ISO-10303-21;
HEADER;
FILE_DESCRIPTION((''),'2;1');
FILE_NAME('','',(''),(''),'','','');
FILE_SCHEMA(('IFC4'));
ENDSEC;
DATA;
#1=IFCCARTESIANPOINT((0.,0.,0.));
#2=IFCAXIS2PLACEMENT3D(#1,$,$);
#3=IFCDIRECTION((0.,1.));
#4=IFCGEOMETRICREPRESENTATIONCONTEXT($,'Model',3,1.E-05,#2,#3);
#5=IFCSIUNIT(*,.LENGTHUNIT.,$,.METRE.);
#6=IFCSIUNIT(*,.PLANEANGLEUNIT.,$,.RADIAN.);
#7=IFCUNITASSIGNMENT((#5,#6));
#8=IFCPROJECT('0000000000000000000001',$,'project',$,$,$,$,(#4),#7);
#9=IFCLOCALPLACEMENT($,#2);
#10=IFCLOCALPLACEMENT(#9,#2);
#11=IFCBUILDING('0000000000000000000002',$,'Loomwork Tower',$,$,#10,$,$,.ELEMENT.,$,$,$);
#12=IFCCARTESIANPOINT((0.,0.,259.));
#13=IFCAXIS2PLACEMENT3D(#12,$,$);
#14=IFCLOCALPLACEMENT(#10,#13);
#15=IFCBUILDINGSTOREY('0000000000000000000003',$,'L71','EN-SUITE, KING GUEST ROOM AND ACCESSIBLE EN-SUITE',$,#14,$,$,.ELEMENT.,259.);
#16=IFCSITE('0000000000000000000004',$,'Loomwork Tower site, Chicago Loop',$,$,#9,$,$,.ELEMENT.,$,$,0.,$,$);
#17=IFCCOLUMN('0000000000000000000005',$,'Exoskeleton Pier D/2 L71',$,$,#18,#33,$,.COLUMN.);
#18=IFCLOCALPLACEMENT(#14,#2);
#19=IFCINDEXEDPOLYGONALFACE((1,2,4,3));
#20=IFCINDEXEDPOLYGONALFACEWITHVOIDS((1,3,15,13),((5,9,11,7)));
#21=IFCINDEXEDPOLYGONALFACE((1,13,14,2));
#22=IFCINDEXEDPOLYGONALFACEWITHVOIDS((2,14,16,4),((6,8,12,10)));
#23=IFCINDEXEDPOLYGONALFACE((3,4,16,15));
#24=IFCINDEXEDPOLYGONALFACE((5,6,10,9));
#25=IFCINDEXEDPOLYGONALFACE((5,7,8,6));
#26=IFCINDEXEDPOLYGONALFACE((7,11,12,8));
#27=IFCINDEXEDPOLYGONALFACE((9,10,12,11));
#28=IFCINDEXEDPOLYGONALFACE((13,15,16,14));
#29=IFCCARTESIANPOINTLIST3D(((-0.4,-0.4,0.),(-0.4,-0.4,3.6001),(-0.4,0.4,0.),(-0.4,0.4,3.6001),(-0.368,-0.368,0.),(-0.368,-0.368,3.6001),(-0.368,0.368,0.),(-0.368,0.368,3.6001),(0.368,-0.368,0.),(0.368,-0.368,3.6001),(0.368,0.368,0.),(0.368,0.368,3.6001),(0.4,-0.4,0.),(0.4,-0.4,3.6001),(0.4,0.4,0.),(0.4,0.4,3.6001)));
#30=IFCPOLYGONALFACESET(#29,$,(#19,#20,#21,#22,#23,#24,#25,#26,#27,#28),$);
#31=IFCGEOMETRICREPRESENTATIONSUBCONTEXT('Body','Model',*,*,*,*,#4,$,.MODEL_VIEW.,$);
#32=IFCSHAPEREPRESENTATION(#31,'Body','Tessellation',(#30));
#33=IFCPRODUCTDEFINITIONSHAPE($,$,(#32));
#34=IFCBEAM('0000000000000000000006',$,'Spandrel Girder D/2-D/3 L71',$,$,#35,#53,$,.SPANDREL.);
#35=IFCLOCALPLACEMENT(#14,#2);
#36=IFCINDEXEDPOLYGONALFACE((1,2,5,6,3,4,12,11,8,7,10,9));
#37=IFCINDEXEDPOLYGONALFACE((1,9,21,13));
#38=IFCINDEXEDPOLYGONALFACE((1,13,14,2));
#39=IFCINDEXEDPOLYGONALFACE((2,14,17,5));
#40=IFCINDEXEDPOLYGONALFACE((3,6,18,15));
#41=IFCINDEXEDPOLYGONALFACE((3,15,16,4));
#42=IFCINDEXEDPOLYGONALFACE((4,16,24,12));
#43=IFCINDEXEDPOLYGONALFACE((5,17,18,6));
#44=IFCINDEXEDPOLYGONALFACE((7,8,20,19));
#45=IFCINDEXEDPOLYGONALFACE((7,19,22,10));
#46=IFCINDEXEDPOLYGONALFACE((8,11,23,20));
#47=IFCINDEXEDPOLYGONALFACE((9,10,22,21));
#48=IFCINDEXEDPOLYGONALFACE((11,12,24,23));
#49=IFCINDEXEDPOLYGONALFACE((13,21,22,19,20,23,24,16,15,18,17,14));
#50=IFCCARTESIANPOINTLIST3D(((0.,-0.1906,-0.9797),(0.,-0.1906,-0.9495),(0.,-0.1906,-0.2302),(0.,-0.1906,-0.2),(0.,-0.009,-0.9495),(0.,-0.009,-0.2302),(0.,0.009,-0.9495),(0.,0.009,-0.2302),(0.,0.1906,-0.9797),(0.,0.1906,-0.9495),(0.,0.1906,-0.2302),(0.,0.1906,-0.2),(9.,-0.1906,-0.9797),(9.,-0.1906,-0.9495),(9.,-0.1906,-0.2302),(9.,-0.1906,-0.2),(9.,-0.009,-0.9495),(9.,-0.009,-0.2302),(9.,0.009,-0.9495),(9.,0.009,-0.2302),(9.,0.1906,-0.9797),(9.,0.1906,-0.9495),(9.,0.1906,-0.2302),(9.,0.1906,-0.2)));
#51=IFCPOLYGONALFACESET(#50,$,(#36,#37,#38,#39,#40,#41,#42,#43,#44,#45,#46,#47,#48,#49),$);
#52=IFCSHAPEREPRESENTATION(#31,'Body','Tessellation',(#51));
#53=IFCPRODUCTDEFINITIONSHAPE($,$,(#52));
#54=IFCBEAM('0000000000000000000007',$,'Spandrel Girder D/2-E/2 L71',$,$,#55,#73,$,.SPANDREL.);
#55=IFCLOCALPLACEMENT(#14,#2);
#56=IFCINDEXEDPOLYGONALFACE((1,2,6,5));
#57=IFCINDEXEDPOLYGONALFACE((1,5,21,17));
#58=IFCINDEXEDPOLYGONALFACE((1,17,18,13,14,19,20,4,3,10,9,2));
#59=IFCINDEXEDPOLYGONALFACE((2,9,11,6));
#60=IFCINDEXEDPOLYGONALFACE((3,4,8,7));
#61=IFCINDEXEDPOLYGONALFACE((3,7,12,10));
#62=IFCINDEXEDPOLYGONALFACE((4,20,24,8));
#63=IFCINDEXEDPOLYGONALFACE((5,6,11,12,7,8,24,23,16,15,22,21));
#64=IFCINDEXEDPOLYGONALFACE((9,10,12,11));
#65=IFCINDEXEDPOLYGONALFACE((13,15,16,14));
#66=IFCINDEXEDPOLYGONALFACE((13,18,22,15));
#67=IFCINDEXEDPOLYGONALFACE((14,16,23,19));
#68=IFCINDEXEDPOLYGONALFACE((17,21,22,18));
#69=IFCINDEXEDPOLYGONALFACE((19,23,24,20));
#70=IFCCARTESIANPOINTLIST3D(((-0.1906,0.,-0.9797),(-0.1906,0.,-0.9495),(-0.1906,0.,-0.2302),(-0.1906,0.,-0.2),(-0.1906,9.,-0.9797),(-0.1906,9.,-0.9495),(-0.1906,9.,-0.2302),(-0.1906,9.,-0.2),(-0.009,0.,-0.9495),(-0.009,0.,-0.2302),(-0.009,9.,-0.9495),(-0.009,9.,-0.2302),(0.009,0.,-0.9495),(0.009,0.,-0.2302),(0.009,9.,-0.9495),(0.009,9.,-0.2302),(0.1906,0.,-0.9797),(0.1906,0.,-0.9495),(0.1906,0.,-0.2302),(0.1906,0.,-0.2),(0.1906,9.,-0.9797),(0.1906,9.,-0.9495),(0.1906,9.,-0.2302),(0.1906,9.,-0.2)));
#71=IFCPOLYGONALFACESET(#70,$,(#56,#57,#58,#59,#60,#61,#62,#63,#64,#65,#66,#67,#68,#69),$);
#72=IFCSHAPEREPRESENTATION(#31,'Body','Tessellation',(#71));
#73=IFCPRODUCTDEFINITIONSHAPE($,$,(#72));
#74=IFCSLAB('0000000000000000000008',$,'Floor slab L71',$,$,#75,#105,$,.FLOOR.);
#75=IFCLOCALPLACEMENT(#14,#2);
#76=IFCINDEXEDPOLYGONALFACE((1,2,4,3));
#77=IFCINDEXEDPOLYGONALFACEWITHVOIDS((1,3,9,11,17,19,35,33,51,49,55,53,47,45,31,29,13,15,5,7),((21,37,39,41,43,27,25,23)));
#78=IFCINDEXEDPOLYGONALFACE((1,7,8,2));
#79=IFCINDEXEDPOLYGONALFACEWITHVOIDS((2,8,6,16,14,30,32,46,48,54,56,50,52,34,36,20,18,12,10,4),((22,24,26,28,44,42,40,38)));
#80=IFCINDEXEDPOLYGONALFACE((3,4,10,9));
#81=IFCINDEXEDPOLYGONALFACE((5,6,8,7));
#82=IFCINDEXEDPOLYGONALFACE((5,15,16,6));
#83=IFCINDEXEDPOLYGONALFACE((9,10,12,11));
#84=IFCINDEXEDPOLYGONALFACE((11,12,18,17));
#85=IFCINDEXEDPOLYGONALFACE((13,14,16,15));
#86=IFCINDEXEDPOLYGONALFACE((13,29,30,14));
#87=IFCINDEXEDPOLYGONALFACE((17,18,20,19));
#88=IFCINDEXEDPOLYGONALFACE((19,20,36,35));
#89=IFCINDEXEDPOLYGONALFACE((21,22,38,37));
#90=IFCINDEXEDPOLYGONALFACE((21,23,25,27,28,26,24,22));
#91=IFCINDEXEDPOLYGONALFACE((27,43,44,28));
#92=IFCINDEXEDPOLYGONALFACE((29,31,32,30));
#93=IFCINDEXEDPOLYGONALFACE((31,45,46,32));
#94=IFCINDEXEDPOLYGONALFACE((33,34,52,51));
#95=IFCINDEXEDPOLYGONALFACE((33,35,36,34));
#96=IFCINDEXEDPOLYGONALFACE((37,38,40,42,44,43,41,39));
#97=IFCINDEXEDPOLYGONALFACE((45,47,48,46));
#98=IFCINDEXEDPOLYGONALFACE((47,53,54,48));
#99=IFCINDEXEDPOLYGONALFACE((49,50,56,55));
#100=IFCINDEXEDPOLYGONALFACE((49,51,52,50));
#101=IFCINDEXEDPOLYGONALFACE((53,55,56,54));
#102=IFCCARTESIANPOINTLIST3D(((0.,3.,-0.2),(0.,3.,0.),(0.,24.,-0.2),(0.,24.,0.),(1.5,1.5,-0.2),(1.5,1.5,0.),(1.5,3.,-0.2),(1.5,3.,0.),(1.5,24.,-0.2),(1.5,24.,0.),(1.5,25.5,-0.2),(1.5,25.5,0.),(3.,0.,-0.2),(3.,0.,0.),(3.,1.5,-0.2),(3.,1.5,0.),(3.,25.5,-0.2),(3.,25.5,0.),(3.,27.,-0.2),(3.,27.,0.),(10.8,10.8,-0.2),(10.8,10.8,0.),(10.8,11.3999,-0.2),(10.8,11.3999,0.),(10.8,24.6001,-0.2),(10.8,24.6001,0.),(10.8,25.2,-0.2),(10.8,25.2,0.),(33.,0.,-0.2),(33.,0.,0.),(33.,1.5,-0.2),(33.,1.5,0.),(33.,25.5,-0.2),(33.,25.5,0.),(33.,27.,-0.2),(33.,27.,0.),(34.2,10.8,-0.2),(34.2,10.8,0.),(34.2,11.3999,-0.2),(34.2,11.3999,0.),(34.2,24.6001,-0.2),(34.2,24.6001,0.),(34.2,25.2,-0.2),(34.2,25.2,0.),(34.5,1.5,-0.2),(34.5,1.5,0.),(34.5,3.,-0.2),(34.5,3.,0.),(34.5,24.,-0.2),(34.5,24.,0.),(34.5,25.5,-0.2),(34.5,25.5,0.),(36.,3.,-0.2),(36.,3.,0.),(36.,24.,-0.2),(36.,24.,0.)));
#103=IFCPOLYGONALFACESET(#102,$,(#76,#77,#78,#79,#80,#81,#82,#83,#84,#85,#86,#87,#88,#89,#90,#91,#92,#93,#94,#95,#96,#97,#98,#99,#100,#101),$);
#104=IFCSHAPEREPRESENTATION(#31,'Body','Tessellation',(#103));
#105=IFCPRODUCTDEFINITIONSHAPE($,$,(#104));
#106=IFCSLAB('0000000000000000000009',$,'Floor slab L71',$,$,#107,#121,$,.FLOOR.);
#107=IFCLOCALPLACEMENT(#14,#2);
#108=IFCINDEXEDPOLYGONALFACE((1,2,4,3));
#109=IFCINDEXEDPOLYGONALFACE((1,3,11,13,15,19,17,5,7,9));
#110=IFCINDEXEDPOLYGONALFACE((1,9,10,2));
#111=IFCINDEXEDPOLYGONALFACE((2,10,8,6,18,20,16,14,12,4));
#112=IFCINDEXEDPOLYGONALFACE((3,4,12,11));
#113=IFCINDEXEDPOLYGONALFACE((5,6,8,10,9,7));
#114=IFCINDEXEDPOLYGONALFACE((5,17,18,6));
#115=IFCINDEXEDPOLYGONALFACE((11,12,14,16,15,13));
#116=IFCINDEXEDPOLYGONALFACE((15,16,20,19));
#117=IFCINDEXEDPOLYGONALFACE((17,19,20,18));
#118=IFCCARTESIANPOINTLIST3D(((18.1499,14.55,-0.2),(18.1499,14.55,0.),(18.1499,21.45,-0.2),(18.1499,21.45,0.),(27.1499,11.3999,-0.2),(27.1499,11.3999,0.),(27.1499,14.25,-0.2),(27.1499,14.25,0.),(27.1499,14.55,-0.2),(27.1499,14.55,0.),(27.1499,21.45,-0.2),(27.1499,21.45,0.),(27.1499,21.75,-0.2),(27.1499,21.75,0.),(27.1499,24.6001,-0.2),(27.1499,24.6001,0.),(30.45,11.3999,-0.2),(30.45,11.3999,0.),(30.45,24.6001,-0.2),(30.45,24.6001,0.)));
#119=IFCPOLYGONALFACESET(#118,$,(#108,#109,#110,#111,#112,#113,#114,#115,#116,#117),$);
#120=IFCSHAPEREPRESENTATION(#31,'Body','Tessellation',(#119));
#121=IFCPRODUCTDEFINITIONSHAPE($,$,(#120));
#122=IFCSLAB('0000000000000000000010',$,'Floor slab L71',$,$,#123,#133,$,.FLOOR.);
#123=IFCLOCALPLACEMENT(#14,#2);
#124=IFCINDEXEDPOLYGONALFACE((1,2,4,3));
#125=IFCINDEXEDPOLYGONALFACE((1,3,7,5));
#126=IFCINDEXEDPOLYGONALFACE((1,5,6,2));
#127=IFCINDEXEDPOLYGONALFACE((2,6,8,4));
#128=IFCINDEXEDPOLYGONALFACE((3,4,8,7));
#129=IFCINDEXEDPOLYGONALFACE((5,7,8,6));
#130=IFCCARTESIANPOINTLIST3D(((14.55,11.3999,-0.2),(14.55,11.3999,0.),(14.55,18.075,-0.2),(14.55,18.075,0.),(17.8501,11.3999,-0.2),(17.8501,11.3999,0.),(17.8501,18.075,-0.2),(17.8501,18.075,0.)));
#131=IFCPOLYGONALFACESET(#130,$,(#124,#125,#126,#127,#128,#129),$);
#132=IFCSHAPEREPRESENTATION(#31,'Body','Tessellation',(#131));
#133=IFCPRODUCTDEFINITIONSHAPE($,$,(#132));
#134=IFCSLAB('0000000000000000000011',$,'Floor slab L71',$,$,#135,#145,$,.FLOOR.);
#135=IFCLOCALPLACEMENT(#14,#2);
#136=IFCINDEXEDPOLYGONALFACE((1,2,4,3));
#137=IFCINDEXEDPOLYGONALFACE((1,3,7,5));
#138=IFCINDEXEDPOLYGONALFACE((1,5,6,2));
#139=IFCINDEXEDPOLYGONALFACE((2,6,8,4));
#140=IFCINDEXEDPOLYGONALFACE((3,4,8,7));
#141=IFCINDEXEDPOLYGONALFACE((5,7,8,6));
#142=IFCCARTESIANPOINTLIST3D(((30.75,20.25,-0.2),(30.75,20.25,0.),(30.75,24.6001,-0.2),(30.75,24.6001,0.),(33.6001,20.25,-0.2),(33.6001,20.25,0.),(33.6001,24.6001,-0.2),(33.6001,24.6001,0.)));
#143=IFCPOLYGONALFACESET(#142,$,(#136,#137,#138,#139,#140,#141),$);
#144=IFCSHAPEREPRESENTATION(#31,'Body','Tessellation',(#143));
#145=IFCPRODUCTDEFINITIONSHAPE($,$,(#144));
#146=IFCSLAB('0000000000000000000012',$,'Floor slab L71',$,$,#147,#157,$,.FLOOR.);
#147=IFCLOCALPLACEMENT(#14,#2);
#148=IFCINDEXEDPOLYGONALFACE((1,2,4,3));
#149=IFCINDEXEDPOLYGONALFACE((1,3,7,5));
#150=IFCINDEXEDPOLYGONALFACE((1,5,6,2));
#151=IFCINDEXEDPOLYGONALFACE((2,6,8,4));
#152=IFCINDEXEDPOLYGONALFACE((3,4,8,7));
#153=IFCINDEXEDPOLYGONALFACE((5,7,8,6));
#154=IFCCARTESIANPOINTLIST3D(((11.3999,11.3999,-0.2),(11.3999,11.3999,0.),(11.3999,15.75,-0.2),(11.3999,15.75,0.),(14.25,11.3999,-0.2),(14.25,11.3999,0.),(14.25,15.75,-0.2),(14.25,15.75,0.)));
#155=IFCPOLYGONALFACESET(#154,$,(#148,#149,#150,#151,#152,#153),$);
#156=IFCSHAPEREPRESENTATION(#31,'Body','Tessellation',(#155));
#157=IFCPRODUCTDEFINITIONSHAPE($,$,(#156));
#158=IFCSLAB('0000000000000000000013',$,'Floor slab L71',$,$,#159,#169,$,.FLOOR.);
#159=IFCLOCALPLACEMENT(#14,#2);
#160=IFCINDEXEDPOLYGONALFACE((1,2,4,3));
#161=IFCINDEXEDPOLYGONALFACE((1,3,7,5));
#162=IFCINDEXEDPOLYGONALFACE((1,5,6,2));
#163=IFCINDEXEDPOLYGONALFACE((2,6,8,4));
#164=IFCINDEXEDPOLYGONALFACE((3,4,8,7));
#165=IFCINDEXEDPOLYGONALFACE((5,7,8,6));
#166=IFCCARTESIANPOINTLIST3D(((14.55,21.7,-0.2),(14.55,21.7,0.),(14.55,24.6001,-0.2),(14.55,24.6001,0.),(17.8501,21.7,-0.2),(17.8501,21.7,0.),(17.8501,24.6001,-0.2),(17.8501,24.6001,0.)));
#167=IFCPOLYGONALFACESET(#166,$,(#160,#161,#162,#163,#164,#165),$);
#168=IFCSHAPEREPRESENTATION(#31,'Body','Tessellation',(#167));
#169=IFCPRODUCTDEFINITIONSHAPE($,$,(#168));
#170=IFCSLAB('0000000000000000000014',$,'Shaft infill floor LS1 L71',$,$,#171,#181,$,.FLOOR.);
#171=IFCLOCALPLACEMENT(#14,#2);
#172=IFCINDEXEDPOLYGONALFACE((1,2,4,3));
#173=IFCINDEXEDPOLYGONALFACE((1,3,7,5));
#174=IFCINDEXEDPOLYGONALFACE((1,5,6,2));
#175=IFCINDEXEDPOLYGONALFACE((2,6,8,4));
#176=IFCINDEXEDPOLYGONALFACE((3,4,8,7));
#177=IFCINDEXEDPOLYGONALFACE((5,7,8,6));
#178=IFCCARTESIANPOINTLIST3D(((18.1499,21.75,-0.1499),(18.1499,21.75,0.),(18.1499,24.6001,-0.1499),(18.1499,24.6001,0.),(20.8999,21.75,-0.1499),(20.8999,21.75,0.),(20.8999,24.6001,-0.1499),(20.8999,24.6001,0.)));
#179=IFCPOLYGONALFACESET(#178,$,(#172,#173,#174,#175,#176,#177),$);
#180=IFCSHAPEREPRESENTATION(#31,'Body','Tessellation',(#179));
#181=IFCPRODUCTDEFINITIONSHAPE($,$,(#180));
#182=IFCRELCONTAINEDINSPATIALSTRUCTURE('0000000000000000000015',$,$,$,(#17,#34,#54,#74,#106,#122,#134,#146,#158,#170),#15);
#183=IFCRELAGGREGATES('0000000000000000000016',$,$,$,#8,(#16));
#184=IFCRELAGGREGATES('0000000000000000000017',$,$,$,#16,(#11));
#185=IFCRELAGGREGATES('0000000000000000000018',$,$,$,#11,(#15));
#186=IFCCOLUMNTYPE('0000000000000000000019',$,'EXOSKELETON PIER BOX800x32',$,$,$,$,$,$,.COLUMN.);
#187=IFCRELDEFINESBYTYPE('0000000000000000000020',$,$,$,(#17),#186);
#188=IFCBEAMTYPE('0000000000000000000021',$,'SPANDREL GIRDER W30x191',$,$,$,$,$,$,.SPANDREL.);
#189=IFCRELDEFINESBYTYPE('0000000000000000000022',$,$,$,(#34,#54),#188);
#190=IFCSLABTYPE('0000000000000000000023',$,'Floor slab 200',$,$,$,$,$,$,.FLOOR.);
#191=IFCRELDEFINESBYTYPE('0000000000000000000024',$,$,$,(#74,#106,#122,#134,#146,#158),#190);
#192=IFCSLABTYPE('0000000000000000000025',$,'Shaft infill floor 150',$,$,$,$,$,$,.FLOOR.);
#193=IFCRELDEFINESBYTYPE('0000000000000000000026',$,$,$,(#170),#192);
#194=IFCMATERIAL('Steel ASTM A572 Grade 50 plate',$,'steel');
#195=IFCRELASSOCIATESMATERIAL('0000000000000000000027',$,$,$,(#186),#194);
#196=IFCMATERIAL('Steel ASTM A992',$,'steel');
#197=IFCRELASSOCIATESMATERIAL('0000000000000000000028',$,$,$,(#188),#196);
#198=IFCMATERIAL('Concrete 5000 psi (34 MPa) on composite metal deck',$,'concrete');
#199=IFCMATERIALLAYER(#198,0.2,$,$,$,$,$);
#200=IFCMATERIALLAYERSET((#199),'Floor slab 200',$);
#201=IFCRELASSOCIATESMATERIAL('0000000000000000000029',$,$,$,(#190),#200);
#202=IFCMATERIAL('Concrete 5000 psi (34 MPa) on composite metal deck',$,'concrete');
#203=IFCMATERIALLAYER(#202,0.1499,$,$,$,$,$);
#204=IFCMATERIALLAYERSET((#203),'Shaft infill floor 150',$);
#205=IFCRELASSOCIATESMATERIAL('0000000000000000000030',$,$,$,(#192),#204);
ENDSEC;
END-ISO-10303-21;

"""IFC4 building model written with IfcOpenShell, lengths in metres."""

from ifc_helpers import new_model, si_unit, direction, frame, origin, origin_with_axes, origin_2d, place, context, subcontext, project, spatial, polyline, hollow_rectangle, i_section, outline, extrude, material, layer, layer_set, material_profile, profile_set, type_object, element, save


model = new_model("IFC4")

# Units and contexts
model_context = context("Model", 3, precision=1e-05, world=origin(), true_north=direction((0.0, 1.0)))
body_context = subcontext(model_context, "Body", "Model", "MODEL_VIEW")
ifc_project = project(units=[si_unit("LENGTHUNIT", "METRE"), si_unit("PLANEANGLEUNIT", "RADIAN")], contexts=[model_context])

# Site, building, storey
site_placement = place(None, origin())
site = spatial("IfcSite", under=ifc_project, at=site_placement, Name="Loomwork Tower site, Chicago Loop", CompositionType="ELEMENT", RefElevation=0.0)
building_placement = place(site_placement, origin())
building = spatial("IfcBuilding", under=site, at=building_placement, Name="Loomwork Tower", CompositionType="ELEMENT")
storey_placement = place(building_placement, frame((0.0, 0.0, 259.0)))
storey = spatial("IfcBuildingStorey", under=building, at=storey_placement, Name="L71", Description="EN-SUITE, KING GUEST ROOM AND ACCESSIBLE EN-SUITE", CompositionType="ELEMENT", Elevation=259.0)

# Column
ifc_material_1 = material(Name="Steel ASTM A572 Grade 50 plate", Category="steel")
ifc_material_profile_1 = material_profile(ifc_material_1, hollow_rectangle(XDim=0.8, YDim=0.8, WallThickness=0.032, at=origin_2d()), Name="BOX800x32")
ifc_profile_set_1 = profile_set([ifc_material_profile_1], Name="Steel ASTM A572 Grade 50 plate")
column_type = type_object("IfcColumnType", Name="EXOSKELETON PIER BOX800x32", PredefinedType="COLUMN", material=ifc_profile_set_1)
column_placement = place(storey_placement, origin_with_axes())
element("IfcColumn", 1, at=column_placement, inside=storey, type_object=column_type, Name="Exoskeleton Pier D/2 L71", PredefinedType="COLUMN", context=body_context, shape_type="SweptSolid", body=[
    extrude(hollow_rectangle(XDim=0.8, YDim=0.8, WallThickness=0.032, at=origin_2d()), origin(), (0.0, 0.0, 1.0), 3.6001),
])

# Beams
ifc_material_2 = material(Name="Steel ASTM A992", Category="steel")
ifc_material_profile_2 = material_profile(ifc_material_2, i_section(OverallWidth=0.3811, OverallDepth=0.7798, WebThickness=0.0181, FlangeThickness=0.0303, at=origin_2d()), Name="W30x191")
ifc_profile_set_2 = profile_set([ifc_material_profile_2], Name="Steel ASTM A992")
beam_type = type_object("IfcBeamType", Name="SPANDREL GIRDER W30x191", PredefinedType="SPANDREL", material=ifc_profile_set_2)
for number, where, z_axis, x_axis, name in (
    (2, (0.0, 0.0, -0.5898), (1.0, 0.0, 0.0), (0.0, 1.0, 0.0), "Spandrel Girder D/2-D/3 L71"),
    (3, (0.0, 0.0, -0.5898), (0.0, 1.0, 0.0), (-1.0, 0.0, 0.0), "Spandrel Girder D/2-E/2 L71"),
):
    element("IfcBeam", number, at=place(storey_placement, frame(where, z_axis=z_axis, x_axis=x_axis)), inside=storey, type_object=beam_type, Name=name, PredefinedType="SPANDREL", context=body_context, shape_type="SweptSolid", body=[
        extrude(i_section(OverallWidth=0.3811, OverallDepth=0.7798, WebThickness=0.0181, FlangeThickness=0.0303, at=origin_2d()), origin(), (0.0, 0.0, 1.0), 9.0),
    ])

# Slabs
ifc_material_3 = material(Name="Concrete 5000 psi (34 MPa) on composite metal deck", Category="concrete")
ifc_layer_1 = layer(ifc_material_3, 0.2)
ifc_layer_set_1 = layer_set([ifc_layer_1], Name="Floor slab 200")
slab_type_1 = type_object("IfcSlabType", Name="Floor slab 200", PredefinedType="FLOOR", material=ifc_layer_set_1)
slab_1_placement = place(storey_placement, frame((0.0, 0.0, -0.2)))
element("IfcSlab", 4, at=slab_1_placement, inside=storey, type_object=slab_type_1, Name="Floor slab L71", PredefinedType="FLOOR", context=body_context, shape_type="SweptSolid", body=[
    extrude(outline(polyline([(3.0, 1.5), (1.5, 1.5), (1.5, 3.0), (0.0, 3.0), (0.0, 24.0), (1.5, 24.0), (1.5, 25.5), (3.0, 25.5), (3.0, 27.0), (33.0, 27.0), (33.0, 25.5), (34.5, 25.5), (34.5, 24.0), (36.0, 24.0), (36.0, 3.0), (34.5, 3.0), (34.5, 1.5), (33.0, 1.5), (33.0, 0.0), (3.0, 0.0), (3.0, 1.5)]), holes=[polyline([(10.8, 11.3999), (10.8, 11.3999), (10.8, 10.8), (34.2, 10.8), (34.2, 11.3999), (34.2, 11.3999), (34.2, 24.6001), (34.2, 25.2), (10.8, 25.2), (10.8, 24.6001), (10.8, 11.3999)])]), origin(), (0.0, 0.0, 1.0), 0.2),
])
slab_2_placement = place(storey_placement, frame((0.0, 0.0, -0.2)))
element("IfcSlab", 5, at=slab_2_placement, inside=storey, type_object=slab_type_1, Name="Floor slab L71", PredefinedType="FLOOR", context=body_context, shape_type="SweptSolid", body=[
    extrude(outline(polyline([(30.45, 24.6001), (30.45, 11.3999), (27.1499, 11.3999), (27.1499, 14.25), (27.1499, 14.55), (18.1499, 14.55), (18.1499, 21.45), (27.1499, 21.45), (27.1499, 21.75), (27.1499, 24.6001), (30.45, 24.6001)])), origin(), (0.0, 0.0, 1.0), 0.2),
])
slab_3_placement = place(storey_placement, frame((0.0, 0.0, -0.2)))
element("IfcSlab", 6, at=slab_3_placement, inside=storey, type_object=slab_type_1, Name="Floor slab L71", PredefinedType="FLOOR", context=body_context, shape_type="SweptSolid", body=[
    extrude(outline(polyline([(14.55, 11.3999), (14.55, 18.075), (17.8501, 18.075), (17.8501, 11.3999), (14.55, 11.3999)])), origin(), (0.0, 0.0, 1.0), 0.2),
])
slab_4_placement = place(storey_placement, frame((0.0, 0.0, -0.2)))
element("IfcSlab", 7, at=slab_4_placement, inside=storey, type_object=slab_type_1, Name="Floor slab L71", PredefinedType="FLOOR", context=body_context, shape_type="SweptSolid", body=[
    extrude(outline(polyline([(33.6001, 20.25), (30.75, 20.25), (30.75, 24.6001), (33.6001, 24.6001), (33.6001, 20.25)])), origin(), (0.0, 0.0, 1.0), 0.2),
])
slab_5_placement = place(storey_placement, frame((0.0, 0.0, -0.2)))
element("IfcSlab", 8, at=slab_5_placement, inside=storey, type_object=slab_type_1, Name="Floor slab L71", PredefinedType="FLOOR", context=body_context, shape_type="SweptSolid", body=[
    extrude(outline(polyline([(14.25, 15.75), (14.25, 11.3999), (11.3999, 11.3999), (11.3999, 15.75), (14.25, 15.75)])), origin(), (0.0, 0.0, 1.0), 0.2),
])
slab_6_placement = place(storey_placement, frame((0.0, 0.0, -0.2)))
element("IfcSlab", 9, at=slab_6_placement, inside=storey, type_object=slab_type_1, Name="Floor slab L71", PredefinedType="FLOOR", context=body_context, shape_type="SweptSolid", body=[
    extrude(outline(polyline([(14.55, 21.7), (14.55, 24.6001), (17.8501, 24.6001), (17.8501, 21.7), (14.55, 21.7)])), origin(), (0.0, 0.0, 1.0), 0.2),
])
ifc_material_4 = material(Name="Concrete 5000 psi (34 MPa) on composite metal deck", Category="concrete")
ifc_layer_2 = layer(ifc_material_4, 0.1499)
ifc_layer_set_2 = layer_set([ifc_layer_2], Name="Shaft infill floor 150")
slab_type_2 = type_object("IfcSlabType", Name="Shaft infill floor 150", PredefinedType="FLOOR", material=ifc_layer_set_2)
slab_7_placement = place(storey_placement, frame((0.0, 0.0, -0.1499)))
element("IfcSlab", 10, at=slab_7_placement, inside=storey, type_object=slab_type_2, Name="Shaft infill floor LS1 L71", PredefinedType="FLOOR", context=body_context, shape_type="SweptSolid", body=[
    extrude(outline(polyline([(18.1499, 21.75), (20.8999, 21.75), (20.8999, 24.6001), (18.1499, 24.6001), (18.1499, 21.75)])), origin(), (0.0, 0.0, 1.0), 0.1499),
])

save(model, "model.ifc")
